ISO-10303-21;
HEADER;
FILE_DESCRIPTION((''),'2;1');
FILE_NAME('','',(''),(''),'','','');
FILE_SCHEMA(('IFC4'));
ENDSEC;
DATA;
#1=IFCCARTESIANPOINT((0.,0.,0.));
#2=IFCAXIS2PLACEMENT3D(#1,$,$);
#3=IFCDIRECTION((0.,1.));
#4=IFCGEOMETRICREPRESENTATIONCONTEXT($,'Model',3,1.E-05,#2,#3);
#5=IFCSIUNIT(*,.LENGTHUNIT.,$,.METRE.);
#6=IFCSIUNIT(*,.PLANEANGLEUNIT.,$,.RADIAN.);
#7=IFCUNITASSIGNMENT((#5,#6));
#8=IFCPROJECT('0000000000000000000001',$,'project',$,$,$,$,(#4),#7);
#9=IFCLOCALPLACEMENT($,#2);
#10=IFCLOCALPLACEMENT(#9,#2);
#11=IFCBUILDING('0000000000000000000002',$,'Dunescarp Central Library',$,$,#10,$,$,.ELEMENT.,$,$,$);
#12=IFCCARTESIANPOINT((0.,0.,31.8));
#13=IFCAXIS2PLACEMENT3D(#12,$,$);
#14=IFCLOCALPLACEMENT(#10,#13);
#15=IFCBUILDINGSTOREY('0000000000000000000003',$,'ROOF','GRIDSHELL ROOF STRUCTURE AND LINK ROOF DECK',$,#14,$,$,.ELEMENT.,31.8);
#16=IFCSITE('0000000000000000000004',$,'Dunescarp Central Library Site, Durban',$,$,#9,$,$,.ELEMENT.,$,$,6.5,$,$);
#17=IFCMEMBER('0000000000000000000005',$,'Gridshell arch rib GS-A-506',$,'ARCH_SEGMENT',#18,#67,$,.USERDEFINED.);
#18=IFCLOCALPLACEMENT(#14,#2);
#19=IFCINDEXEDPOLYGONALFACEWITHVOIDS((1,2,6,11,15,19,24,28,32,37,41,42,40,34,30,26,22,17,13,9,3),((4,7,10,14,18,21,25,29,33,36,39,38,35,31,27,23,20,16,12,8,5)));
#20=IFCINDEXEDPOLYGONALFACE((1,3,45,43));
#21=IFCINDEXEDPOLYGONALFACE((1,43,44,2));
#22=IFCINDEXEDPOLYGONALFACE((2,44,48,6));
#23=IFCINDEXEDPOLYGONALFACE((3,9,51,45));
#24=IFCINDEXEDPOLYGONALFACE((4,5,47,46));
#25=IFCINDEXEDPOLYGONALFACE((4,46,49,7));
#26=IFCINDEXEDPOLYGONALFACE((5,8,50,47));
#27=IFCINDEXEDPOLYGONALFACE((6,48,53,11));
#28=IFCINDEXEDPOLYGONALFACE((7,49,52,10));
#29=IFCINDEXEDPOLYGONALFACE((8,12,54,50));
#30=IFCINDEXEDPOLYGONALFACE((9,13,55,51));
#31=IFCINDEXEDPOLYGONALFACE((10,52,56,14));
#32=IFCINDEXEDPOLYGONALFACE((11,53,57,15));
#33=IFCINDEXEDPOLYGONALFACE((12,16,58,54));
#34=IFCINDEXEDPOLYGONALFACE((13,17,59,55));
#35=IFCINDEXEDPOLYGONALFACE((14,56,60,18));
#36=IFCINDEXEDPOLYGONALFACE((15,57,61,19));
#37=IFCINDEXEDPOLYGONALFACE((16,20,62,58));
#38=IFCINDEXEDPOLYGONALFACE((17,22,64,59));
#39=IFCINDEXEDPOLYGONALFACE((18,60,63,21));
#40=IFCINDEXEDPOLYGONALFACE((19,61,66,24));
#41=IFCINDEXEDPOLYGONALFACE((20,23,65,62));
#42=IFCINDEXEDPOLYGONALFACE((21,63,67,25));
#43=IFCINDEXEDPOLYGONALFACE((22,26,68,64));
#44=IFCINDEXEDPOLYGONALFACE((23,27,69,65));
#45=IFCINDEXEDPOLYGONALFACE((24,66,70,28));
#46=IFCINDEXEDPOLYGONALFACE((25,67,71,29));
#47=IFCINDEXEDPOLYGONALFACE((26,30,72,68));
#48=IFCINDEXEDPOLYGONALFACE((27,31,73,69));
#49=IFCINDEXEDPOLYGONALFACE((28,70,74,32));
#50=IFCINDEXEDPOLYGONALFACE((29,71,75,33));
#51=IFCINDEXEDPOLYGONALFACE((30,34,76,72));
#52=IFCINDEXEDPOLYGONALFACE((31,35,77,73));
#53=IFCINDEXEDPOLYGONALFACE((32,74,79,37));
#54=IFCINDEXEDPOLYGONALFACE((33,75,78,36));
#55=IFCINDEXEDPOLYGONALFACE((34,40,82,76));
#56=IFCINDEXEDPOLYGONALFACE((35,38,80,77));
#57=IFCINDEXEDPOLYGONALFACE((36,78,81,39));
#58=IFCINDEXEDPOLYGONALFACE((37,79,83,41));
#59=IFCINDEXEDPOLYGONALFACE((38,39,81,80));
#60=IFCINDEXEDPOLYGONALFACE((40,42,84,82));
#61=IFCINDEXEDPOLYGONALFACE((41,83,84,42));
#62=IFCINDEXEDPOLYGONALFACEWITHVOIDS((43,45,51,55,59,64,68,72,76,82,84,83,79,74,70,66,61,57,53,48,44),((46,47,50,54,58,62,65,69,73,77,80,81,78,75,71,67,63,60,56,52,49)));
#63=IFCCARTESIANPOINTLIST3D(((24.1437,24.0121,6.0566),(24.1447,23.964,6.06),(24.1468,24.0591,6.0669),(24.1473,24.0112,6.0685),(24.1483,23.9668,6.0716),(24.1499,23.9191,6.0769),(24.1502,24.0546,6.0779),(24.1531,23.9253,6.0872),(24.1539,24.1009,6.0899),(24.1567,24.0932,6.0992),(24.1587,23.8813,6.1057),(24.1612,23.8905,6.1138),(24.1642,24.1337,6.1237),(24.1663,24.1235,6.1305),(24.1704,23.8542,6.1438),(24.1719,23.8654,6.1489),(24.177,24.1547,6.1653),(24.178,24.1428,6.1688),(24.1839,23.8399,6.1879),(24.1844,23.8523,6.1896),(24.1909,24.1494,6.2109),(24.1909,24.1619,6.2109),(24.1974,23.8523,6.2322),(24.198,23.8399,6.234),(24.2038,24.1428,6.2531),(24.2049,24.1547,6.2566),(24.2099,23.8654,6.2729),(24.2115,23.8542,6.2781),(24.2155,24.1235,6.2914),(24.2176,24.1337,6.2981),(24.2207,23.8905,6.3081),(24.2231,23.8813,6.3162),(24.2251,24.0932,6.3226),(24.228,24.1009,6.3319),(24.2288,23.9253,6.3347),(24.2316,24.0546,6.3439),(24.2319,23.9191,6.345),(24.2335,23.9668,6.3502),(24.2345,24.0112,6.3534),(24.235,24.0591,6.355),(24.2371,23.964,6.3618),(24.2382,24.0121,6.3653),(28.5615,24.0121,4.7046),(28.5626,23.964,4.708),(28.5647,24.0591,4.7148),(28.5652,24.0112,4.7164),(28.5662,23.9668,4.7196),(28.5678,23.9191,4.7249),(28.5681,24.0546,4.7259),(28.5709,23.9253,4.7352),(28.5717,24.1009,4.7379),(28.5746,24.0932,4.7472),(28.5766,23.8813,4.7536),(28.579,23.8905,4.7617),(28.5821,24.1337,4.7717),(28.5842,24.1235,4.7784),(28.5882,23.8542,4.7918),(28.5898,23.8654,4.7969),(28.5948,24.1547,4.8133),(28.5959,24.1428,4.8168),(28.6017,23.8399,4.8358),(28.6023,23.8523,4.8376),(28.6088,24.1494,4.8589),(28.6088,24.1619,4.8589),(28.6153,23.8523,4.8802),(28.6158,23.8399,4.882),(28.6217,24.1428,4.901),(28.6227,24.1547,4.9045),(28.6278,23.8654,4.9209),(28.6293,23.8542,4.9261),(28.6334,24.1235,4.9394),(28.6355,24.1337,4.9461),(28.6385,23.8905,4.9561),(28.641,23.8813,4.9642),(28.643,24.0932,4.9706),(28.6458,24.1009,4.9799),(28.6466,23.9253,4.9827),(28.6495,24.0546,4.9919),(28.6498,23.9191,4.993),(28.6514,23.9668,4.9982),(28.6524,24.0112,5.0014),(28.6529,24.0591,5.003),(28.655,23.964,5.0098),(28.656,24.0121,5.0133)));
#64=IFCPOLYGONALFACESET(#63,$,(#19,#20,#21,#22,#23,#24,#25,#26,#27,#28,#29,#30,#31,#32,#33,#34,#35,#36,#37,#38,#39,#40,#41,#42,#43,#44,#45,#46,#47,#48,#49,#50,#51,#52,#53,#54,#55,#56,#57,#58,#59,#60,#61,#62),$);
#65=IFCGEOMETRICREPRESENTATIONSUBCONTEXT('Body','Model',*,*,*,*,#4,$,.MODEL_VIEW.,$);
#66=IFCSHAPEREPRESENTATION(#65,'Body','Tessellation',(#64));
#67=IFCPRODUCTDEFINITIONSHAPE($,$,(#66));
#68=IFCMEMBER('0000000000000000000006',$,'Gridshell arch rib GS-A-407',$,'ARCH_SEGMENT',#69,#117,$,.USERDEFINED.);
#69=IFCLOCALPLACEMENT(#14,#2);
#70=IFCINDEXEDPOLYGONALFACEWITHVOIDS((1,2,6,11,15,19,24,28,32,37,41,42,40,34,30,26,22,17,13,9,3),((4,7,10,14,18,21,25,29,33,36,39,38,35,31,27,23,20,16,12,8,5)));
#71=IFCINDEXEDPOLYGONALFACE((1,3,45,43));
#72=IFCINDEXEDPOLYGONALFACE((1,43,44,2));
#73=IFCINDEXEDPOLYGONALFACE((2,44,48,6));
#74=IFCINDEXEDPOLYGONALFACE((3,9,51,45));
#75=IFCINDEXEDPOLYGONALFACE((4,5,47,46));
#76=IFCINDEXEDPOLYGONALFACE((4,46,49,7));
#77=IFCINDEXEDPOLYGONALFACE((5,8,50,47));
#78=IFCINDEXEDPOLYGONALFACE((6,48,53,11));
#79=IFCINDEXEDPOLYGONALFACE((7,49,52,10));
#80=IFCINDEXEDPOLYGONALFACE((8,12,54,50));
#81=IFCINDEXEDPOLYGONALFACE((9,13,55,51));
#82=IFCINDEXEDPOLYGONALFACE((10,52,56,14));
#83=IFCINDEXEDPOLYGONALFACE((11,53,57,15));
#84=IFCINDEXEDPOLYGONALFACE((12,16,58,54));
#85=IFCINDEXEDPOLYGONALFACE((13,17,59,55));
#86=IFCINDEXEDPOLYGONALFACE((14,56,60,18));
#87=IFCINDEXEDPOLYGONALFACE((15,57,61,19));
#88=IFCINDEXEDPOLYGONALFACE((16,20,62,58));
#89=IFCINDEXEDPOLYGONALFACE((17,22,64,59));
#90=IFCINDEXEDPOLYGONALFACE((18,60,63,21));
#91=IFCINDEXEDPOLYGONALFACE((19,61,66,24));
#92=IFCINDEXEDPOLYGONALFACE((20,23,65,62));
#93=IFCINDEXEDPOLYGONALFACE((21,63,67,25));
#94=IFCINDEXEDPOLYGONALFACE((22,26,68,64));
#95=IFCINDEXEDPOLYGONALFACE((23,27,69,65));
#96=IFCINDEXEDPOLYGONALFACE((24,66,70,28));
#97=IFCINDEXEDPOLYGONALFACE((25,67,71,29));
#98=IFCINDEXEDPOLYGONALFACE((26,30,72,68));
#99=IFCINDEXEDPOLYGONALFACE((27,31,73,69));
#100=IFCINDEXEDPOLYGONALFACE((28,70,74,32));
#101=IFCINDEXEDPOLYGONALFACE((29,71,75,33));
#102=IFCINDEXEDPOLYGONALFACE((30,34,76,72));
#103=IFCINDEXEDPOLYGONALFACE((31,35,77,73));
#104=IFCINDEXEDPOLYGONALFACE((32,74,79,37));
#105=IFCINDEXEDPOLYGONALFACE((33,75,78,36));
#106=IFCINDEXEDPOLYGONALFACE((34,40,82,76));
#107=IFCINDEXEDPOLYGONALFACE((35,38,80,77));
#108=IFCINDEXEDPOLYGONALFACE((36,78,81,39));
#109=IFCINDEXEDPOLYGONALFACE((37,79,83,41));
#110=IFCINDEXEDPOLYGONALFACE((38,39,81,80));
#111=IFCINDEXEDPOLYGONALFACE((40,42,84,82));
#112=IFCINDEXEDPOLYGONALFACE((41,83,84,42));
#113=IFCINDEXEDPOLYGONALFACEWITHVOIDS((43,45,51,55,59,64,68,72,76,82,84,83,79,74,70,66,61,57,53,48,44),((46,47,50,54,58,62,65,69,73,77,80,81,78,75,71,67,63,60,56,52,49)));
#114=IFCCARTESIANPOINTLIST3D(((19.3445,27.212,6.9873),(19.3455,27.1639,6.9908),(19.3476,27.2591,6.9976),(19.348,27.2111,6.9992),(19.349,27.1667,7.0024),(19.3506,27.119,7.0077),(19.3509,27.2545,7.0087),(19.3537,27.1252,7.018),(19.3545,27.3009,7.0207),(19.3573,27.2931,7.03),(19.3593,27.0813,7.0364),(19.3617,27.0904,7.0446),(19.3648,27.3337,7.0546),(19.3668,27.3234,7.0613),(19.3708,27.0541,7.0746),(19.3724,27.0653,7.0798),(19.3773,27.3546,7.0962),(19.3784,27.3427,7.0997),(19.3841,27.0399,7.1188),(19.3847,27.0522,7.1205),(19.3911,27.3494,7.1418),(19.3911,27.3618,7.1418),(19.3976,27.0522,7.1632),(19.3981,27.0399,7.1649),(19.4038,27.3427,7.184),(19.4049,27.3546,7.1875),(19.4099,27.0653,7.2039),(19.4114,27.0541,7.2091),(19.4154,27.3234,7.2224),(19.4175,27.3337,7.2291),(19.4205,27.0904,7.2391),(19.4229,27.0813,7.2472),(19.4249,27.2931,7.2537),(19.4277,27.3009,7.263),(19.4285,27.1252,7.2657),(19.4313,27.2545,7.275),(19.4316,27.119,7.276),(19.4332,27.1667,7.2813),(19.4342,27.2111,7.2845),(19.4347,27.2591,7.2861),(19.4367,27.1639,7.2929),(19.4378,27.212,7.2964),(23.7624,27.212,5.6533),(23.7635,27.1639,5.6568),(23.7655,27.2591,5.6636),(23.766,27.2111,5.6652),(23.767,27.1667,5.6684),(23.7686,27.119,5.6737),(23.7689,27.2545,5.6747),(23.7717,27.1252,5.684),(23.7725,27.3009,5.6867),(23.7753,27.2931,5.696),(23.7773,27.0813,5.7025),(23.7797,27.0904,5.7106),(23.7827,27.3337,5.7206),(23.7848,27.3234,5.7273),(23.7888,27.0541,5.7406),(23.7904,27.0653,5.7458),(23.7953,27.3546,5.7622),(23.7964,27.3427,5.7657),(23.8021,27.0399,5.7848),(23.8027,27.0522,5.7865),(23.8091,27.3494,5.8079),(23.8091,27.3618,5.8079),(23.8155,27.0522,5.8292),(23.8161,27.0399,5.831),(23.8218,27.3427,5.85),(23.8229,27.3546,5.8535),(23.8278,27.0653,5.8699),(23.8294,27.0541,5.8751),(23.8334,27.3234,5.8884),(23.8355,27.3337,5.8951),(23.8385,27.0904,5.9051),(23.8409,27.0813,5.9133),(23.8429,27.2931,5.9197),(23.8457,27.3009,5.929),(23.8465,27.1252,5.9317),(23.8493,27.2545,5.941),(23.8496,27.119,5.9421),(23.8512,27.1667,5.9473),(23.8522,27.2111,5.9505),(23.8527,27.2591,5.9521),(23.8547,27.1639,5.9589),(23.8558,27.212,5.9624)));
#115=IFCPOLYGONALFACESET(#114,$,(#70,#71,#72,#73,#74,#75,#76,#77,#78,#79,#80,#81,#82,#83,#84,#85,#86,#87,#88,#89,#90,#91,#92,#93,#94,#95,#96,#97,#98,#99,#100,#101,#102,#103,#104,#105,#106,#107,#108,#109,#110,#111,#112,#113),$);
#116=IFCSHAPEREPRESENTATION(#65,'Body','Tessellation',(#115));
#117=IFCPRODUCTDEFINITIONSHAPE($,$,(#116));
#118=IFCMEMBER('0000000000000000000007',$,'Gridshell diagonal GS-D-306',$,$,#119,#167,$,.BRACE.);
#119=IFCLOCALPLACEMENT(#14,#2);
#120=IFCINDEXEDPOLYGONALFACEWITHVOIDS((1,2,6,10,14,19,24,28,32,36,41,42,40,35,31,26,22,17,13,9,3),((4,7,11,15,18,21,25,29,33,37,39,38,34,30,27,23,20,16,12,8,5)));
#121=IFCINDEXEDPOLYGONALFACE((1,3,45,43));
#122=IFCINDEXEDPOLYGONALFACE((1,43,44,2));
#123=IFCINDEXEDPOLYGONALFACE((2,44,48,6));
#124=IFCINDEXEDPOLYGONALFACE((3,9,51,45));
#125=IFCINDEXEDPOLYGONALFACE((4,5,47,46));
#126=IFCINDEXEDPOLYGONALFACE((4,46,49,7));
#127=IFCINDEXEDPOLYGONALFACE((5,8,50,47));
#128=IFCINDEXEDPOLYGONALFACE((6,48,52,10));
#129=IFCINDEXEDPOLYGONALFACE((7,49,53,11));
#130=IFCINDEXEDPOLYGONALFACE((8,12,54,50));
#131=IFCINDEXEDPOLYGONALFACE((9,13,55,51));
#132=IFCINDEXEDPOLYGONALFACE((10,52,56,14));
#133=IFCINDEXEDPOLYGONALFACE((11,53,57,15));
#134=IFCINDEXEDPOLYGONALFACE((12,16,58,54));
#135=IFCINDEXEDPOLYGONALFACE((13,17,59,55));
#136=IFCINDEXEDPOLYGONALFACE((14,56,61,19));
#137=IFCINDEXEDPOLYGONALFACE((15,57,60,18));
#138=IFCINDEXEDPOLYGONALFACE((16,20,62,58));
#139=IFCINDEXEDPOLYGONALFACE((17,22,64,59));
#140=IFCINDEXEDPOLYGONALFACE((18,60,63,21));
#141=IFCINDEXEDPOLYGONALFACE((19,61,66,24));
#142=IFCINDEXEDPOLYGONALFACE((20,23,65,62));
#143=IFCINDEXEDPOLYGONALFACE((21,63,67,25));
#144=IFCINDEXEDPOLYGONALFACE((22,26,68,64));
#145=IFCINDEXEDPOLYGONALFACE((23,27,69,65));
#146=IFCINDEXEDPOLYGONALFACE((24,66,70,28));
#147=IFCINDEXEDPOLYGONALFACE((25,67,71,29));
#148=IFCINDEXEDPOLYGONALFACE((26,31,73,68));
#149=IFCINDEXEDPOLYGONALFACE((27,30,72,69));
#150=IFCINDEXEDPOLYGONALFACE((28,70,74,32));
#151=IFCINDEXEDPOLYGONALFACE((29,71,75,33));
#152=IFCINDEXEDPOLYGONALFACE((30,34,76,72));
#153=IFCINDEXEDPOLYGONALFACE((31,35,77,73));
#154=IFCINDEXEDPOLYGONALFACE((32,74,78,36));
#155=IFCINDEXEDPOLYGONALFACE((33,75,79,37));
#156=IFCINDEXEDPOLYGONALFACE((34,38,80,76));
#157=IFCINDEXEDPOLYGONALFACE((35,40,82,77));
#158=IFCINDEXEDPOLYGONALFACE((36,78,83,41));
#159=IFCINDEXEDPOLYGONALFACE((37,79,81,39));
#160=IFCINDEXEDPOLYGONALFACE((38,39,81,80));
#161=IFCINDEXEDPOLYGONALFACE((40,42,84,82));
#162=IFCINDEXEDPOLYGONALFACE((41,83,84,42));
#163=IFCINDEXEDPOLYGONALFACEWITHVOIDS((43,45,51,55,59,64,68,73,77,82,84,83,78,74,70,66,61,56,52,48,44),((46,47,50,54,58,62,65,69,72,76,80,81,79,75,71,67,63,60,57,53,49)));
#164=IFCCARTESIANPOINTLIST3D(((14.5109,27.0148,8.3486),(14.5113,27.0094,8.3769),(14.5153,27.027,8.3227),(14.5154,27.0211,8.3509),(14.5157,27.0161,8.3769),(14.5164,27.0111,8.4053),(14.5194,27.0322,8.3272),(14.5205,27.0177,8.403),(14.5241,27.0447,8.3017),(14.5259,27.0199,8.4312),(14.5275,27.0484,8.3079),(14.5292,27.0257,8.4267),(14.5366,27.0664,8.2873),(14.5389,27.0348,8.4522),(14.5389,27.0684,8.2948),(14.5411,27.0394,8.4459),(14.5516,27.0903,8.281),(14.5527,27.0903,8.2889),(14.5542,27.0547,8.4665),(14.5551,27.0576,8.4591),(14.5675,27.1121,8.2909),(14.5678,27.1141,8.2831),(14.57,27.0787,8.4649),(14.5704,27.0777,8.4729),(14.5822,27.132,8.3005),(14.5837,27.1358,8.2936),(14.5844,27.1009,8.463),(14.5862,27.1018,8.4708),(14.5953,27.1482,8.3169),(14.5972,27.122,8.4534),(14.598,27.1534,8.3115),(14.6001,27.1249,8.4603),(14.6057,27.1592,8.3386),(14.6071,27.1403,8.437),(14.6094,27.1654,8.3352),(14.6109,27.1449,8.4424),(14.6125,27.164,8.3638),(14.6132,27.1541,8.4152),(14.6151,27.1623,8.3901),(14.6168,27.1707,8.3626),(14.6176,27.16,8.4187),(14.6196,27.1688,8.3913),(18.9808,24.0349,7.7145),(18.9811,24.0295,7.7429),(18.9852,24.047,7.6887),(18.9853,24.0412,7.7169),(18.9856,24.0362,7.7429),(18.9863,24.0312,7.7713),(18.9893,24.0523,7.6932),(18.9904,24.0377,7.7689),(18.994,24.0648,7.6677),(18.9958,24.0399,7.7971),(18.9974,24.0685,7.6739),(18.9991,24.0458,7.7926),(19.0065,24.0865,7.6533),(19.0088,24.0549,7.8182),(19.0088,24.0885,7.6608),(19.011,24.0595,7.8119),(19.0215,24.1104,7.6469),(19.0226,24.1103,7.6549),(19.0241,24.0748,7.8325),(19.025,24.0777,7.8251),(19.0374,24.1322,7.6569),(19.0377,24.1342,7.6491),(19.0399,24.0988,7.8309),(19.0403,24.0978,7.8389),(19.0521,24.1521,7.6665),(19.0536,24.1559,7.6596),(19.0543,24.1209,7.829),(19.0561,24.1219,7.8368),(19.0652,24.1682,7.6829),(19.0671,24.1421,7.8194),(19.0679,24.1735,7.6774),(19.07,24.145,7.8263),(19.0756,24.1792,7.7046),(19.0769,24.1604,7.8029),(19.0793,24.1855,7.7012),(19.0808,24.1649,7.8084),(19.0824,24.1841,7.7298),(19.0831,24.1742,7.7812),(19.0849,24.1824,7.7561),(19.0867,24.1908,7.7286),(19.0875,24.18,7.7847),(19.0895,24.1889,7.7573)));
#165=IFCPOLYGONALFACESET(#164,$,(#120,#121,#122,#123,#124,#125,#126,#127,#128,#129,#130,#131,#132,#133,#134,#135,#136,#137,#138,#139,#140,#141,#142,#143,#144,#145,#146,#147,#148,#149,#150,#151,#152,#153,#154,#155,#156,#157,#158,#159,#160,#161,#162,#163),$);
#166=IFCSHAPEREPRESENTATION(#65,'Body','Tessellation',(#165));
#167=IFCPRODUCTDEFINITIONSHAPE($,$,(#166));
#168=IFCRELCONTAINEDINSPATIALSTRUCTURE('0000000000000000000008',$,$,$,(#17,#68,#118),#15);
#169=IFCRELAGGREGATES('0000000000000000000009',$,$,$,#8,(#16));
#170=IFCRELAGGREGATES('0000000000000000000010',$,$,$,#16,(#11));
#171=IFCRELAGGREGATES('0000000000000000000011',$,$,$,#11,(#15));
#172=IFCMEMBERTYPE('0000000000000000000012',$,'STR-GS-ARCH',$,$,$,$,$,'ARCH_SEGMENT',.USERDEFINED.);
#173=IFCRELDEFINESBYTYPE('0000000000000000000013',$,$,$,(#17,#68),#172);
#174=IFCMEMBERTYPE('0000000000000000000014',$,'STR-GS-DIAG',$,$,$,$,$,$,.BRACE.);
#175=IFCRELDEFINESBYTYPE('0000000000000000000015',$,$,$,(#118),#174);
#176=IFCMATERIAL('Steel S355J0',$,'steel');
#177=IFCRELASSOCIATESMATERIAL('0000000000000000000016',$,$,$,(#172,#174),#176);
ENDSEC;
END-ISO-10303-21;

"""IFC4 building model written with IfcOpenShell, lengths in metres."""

from ifc_helpers import new_model, si_unit, direction, frame, origin, origin_2d, place, context, subcontext, project, spatial, hollow_circle, extrude, material, material_profile, profile_set, type_object, element, save


model = new_model("IFC4")

# Units and contexts
model_context = context("Model", 3, precision=1e-05, world=origin(), true_north=direction((0.0, 1.0)))
body_context = subcontext(model_context, "Body", "Model", "MODEL_VIEW")
ifc_project = project(units=[si_unit("LENGTHUNIT", "METRE"), si_unit("PLANEANGLEUNIT", "RADIAN")], contexts=[model_context])

# Site, building, storey
site_placement = place(None, origin())
site = spatial("IfcSite", under=ifc_project, at=site_placement, Name="Dunescarp Central Library Site, Durban", CompositionType="ELEMENT", RefElevation=6.5)
building_placement = place(site_placement, origin())
building = spatial("IfcBuilding", under=site, at=building_placement, Name="Dunescarp Central Library", CompositionType="ELEMENT")
storey_placement = place(building_placement, frame((0.0, 0.0, 31.8)))
storey = spatial("IfcBuildingStorey", under=building, at=storey_placement, Name="ROOF", Description="GRIDSHELL ROOF STRUCTURE AND LINK ROOF DECK", CompositionType="ELEMENT", Elevation=31.8)

# Members
ifc_material_1 = material(Name="Steel S355J0", Category="steel")
ifc_material_profile_1 = material_profile(ifc_material_1, hollow_circle(Radius=0.1619, WallThickness=0.0125, at=origin_2d()), Name="CHS 323.9x12.5")
ifc_profile_set_1 = profile_set([ifc_material_profile_1], Name="Steel S355J0")
member_type_1 = type_object("IfcMemberType", Name="STR-GS-ARCH", ElementType="ARCH_SEGMENT", PredefinedType="USERDEFINED", material=ifc_profile_set_1)
member_1_placement = place(storey_placement, frame((24.1909, 24.0, 6.2109), z_axis=(0.956223, 0.0, -0.292637), x_axis=(0.0, 1.0, 0.0)))
element("IfcMember", 1, at=member_1_placement, inside=storey, type_object=member_type_1, Name="Gridshell arch rib GS-A-506", ObjectType="ARCH_SEGMENT", PredefinedType="USERDEFINED", context=body_context, shape_type="SweptSolid", body=[
    extrude(hollow_circle(Radius=0.1619, WallThickness=0.0125, at=origin_2d()), origin(), (0.0, 0.0, 1.0), 4.6201),
])
member_2_placement = place(storey_placement, frame((19.3911, 27.2, 7.1418), z_axis=(0.957312, 0.0, -0.289056), x_axis=(0.0, 1.0, 0.0)))
element("IfcMember", 2, at=member_2_placement, inside=storey, type_object=member_type_1, Name="Gridshell arch rib GS-A-407", ObjectType="ARCH_SEGMENT", PredefinedType="USERDEFINED", context=body_context, shape_type="SweptSolid", body=[
    extrude(hollow_circle(Radius=0.1619, WallThickness=0.0125, at=origin_2d()), origin(), (0.0, 0.0, 1.0), 4.615),
])
ifc_material_profile_2 = material_profile(ifc_material_1, hollow_circle(Radius=0.0969, WallThickness=0.0081, at=origin_2d()), Name="CHS 193.7x8")
ifc_profile_set_2 = profile_set([ifc_material_profile_2], Name="Steel S355J0")
member_type_2 = type_object("IfcMemberType", Name="STR-GS-DIAG", PredefinedType="BRACE", material=ifc_profile_set_2)
member_3_placement = place(storey_placement, frame((19.0349, 24.1101, 7.7429), z_axis=(-0.826315, 0.550877, 0.117207), x_axis=(-0.5547, -0.83205, 0.0)))
element("IfcMember", 3, at=member_3_placement, inside=storey, type_object=member_type_2, Name="Gridshell diagonal GS-D-306", PredefinedType="BRACE", context=body_context, shape_type="SweptSolid", body=[
    extrude(hollow_circle(Radius=0.0969, WallThickness=0.0081, at=origin_2d()), origin(), (0.0, 0.0, 1.0), 5.4094),
])

save(model, "model.ifc")
